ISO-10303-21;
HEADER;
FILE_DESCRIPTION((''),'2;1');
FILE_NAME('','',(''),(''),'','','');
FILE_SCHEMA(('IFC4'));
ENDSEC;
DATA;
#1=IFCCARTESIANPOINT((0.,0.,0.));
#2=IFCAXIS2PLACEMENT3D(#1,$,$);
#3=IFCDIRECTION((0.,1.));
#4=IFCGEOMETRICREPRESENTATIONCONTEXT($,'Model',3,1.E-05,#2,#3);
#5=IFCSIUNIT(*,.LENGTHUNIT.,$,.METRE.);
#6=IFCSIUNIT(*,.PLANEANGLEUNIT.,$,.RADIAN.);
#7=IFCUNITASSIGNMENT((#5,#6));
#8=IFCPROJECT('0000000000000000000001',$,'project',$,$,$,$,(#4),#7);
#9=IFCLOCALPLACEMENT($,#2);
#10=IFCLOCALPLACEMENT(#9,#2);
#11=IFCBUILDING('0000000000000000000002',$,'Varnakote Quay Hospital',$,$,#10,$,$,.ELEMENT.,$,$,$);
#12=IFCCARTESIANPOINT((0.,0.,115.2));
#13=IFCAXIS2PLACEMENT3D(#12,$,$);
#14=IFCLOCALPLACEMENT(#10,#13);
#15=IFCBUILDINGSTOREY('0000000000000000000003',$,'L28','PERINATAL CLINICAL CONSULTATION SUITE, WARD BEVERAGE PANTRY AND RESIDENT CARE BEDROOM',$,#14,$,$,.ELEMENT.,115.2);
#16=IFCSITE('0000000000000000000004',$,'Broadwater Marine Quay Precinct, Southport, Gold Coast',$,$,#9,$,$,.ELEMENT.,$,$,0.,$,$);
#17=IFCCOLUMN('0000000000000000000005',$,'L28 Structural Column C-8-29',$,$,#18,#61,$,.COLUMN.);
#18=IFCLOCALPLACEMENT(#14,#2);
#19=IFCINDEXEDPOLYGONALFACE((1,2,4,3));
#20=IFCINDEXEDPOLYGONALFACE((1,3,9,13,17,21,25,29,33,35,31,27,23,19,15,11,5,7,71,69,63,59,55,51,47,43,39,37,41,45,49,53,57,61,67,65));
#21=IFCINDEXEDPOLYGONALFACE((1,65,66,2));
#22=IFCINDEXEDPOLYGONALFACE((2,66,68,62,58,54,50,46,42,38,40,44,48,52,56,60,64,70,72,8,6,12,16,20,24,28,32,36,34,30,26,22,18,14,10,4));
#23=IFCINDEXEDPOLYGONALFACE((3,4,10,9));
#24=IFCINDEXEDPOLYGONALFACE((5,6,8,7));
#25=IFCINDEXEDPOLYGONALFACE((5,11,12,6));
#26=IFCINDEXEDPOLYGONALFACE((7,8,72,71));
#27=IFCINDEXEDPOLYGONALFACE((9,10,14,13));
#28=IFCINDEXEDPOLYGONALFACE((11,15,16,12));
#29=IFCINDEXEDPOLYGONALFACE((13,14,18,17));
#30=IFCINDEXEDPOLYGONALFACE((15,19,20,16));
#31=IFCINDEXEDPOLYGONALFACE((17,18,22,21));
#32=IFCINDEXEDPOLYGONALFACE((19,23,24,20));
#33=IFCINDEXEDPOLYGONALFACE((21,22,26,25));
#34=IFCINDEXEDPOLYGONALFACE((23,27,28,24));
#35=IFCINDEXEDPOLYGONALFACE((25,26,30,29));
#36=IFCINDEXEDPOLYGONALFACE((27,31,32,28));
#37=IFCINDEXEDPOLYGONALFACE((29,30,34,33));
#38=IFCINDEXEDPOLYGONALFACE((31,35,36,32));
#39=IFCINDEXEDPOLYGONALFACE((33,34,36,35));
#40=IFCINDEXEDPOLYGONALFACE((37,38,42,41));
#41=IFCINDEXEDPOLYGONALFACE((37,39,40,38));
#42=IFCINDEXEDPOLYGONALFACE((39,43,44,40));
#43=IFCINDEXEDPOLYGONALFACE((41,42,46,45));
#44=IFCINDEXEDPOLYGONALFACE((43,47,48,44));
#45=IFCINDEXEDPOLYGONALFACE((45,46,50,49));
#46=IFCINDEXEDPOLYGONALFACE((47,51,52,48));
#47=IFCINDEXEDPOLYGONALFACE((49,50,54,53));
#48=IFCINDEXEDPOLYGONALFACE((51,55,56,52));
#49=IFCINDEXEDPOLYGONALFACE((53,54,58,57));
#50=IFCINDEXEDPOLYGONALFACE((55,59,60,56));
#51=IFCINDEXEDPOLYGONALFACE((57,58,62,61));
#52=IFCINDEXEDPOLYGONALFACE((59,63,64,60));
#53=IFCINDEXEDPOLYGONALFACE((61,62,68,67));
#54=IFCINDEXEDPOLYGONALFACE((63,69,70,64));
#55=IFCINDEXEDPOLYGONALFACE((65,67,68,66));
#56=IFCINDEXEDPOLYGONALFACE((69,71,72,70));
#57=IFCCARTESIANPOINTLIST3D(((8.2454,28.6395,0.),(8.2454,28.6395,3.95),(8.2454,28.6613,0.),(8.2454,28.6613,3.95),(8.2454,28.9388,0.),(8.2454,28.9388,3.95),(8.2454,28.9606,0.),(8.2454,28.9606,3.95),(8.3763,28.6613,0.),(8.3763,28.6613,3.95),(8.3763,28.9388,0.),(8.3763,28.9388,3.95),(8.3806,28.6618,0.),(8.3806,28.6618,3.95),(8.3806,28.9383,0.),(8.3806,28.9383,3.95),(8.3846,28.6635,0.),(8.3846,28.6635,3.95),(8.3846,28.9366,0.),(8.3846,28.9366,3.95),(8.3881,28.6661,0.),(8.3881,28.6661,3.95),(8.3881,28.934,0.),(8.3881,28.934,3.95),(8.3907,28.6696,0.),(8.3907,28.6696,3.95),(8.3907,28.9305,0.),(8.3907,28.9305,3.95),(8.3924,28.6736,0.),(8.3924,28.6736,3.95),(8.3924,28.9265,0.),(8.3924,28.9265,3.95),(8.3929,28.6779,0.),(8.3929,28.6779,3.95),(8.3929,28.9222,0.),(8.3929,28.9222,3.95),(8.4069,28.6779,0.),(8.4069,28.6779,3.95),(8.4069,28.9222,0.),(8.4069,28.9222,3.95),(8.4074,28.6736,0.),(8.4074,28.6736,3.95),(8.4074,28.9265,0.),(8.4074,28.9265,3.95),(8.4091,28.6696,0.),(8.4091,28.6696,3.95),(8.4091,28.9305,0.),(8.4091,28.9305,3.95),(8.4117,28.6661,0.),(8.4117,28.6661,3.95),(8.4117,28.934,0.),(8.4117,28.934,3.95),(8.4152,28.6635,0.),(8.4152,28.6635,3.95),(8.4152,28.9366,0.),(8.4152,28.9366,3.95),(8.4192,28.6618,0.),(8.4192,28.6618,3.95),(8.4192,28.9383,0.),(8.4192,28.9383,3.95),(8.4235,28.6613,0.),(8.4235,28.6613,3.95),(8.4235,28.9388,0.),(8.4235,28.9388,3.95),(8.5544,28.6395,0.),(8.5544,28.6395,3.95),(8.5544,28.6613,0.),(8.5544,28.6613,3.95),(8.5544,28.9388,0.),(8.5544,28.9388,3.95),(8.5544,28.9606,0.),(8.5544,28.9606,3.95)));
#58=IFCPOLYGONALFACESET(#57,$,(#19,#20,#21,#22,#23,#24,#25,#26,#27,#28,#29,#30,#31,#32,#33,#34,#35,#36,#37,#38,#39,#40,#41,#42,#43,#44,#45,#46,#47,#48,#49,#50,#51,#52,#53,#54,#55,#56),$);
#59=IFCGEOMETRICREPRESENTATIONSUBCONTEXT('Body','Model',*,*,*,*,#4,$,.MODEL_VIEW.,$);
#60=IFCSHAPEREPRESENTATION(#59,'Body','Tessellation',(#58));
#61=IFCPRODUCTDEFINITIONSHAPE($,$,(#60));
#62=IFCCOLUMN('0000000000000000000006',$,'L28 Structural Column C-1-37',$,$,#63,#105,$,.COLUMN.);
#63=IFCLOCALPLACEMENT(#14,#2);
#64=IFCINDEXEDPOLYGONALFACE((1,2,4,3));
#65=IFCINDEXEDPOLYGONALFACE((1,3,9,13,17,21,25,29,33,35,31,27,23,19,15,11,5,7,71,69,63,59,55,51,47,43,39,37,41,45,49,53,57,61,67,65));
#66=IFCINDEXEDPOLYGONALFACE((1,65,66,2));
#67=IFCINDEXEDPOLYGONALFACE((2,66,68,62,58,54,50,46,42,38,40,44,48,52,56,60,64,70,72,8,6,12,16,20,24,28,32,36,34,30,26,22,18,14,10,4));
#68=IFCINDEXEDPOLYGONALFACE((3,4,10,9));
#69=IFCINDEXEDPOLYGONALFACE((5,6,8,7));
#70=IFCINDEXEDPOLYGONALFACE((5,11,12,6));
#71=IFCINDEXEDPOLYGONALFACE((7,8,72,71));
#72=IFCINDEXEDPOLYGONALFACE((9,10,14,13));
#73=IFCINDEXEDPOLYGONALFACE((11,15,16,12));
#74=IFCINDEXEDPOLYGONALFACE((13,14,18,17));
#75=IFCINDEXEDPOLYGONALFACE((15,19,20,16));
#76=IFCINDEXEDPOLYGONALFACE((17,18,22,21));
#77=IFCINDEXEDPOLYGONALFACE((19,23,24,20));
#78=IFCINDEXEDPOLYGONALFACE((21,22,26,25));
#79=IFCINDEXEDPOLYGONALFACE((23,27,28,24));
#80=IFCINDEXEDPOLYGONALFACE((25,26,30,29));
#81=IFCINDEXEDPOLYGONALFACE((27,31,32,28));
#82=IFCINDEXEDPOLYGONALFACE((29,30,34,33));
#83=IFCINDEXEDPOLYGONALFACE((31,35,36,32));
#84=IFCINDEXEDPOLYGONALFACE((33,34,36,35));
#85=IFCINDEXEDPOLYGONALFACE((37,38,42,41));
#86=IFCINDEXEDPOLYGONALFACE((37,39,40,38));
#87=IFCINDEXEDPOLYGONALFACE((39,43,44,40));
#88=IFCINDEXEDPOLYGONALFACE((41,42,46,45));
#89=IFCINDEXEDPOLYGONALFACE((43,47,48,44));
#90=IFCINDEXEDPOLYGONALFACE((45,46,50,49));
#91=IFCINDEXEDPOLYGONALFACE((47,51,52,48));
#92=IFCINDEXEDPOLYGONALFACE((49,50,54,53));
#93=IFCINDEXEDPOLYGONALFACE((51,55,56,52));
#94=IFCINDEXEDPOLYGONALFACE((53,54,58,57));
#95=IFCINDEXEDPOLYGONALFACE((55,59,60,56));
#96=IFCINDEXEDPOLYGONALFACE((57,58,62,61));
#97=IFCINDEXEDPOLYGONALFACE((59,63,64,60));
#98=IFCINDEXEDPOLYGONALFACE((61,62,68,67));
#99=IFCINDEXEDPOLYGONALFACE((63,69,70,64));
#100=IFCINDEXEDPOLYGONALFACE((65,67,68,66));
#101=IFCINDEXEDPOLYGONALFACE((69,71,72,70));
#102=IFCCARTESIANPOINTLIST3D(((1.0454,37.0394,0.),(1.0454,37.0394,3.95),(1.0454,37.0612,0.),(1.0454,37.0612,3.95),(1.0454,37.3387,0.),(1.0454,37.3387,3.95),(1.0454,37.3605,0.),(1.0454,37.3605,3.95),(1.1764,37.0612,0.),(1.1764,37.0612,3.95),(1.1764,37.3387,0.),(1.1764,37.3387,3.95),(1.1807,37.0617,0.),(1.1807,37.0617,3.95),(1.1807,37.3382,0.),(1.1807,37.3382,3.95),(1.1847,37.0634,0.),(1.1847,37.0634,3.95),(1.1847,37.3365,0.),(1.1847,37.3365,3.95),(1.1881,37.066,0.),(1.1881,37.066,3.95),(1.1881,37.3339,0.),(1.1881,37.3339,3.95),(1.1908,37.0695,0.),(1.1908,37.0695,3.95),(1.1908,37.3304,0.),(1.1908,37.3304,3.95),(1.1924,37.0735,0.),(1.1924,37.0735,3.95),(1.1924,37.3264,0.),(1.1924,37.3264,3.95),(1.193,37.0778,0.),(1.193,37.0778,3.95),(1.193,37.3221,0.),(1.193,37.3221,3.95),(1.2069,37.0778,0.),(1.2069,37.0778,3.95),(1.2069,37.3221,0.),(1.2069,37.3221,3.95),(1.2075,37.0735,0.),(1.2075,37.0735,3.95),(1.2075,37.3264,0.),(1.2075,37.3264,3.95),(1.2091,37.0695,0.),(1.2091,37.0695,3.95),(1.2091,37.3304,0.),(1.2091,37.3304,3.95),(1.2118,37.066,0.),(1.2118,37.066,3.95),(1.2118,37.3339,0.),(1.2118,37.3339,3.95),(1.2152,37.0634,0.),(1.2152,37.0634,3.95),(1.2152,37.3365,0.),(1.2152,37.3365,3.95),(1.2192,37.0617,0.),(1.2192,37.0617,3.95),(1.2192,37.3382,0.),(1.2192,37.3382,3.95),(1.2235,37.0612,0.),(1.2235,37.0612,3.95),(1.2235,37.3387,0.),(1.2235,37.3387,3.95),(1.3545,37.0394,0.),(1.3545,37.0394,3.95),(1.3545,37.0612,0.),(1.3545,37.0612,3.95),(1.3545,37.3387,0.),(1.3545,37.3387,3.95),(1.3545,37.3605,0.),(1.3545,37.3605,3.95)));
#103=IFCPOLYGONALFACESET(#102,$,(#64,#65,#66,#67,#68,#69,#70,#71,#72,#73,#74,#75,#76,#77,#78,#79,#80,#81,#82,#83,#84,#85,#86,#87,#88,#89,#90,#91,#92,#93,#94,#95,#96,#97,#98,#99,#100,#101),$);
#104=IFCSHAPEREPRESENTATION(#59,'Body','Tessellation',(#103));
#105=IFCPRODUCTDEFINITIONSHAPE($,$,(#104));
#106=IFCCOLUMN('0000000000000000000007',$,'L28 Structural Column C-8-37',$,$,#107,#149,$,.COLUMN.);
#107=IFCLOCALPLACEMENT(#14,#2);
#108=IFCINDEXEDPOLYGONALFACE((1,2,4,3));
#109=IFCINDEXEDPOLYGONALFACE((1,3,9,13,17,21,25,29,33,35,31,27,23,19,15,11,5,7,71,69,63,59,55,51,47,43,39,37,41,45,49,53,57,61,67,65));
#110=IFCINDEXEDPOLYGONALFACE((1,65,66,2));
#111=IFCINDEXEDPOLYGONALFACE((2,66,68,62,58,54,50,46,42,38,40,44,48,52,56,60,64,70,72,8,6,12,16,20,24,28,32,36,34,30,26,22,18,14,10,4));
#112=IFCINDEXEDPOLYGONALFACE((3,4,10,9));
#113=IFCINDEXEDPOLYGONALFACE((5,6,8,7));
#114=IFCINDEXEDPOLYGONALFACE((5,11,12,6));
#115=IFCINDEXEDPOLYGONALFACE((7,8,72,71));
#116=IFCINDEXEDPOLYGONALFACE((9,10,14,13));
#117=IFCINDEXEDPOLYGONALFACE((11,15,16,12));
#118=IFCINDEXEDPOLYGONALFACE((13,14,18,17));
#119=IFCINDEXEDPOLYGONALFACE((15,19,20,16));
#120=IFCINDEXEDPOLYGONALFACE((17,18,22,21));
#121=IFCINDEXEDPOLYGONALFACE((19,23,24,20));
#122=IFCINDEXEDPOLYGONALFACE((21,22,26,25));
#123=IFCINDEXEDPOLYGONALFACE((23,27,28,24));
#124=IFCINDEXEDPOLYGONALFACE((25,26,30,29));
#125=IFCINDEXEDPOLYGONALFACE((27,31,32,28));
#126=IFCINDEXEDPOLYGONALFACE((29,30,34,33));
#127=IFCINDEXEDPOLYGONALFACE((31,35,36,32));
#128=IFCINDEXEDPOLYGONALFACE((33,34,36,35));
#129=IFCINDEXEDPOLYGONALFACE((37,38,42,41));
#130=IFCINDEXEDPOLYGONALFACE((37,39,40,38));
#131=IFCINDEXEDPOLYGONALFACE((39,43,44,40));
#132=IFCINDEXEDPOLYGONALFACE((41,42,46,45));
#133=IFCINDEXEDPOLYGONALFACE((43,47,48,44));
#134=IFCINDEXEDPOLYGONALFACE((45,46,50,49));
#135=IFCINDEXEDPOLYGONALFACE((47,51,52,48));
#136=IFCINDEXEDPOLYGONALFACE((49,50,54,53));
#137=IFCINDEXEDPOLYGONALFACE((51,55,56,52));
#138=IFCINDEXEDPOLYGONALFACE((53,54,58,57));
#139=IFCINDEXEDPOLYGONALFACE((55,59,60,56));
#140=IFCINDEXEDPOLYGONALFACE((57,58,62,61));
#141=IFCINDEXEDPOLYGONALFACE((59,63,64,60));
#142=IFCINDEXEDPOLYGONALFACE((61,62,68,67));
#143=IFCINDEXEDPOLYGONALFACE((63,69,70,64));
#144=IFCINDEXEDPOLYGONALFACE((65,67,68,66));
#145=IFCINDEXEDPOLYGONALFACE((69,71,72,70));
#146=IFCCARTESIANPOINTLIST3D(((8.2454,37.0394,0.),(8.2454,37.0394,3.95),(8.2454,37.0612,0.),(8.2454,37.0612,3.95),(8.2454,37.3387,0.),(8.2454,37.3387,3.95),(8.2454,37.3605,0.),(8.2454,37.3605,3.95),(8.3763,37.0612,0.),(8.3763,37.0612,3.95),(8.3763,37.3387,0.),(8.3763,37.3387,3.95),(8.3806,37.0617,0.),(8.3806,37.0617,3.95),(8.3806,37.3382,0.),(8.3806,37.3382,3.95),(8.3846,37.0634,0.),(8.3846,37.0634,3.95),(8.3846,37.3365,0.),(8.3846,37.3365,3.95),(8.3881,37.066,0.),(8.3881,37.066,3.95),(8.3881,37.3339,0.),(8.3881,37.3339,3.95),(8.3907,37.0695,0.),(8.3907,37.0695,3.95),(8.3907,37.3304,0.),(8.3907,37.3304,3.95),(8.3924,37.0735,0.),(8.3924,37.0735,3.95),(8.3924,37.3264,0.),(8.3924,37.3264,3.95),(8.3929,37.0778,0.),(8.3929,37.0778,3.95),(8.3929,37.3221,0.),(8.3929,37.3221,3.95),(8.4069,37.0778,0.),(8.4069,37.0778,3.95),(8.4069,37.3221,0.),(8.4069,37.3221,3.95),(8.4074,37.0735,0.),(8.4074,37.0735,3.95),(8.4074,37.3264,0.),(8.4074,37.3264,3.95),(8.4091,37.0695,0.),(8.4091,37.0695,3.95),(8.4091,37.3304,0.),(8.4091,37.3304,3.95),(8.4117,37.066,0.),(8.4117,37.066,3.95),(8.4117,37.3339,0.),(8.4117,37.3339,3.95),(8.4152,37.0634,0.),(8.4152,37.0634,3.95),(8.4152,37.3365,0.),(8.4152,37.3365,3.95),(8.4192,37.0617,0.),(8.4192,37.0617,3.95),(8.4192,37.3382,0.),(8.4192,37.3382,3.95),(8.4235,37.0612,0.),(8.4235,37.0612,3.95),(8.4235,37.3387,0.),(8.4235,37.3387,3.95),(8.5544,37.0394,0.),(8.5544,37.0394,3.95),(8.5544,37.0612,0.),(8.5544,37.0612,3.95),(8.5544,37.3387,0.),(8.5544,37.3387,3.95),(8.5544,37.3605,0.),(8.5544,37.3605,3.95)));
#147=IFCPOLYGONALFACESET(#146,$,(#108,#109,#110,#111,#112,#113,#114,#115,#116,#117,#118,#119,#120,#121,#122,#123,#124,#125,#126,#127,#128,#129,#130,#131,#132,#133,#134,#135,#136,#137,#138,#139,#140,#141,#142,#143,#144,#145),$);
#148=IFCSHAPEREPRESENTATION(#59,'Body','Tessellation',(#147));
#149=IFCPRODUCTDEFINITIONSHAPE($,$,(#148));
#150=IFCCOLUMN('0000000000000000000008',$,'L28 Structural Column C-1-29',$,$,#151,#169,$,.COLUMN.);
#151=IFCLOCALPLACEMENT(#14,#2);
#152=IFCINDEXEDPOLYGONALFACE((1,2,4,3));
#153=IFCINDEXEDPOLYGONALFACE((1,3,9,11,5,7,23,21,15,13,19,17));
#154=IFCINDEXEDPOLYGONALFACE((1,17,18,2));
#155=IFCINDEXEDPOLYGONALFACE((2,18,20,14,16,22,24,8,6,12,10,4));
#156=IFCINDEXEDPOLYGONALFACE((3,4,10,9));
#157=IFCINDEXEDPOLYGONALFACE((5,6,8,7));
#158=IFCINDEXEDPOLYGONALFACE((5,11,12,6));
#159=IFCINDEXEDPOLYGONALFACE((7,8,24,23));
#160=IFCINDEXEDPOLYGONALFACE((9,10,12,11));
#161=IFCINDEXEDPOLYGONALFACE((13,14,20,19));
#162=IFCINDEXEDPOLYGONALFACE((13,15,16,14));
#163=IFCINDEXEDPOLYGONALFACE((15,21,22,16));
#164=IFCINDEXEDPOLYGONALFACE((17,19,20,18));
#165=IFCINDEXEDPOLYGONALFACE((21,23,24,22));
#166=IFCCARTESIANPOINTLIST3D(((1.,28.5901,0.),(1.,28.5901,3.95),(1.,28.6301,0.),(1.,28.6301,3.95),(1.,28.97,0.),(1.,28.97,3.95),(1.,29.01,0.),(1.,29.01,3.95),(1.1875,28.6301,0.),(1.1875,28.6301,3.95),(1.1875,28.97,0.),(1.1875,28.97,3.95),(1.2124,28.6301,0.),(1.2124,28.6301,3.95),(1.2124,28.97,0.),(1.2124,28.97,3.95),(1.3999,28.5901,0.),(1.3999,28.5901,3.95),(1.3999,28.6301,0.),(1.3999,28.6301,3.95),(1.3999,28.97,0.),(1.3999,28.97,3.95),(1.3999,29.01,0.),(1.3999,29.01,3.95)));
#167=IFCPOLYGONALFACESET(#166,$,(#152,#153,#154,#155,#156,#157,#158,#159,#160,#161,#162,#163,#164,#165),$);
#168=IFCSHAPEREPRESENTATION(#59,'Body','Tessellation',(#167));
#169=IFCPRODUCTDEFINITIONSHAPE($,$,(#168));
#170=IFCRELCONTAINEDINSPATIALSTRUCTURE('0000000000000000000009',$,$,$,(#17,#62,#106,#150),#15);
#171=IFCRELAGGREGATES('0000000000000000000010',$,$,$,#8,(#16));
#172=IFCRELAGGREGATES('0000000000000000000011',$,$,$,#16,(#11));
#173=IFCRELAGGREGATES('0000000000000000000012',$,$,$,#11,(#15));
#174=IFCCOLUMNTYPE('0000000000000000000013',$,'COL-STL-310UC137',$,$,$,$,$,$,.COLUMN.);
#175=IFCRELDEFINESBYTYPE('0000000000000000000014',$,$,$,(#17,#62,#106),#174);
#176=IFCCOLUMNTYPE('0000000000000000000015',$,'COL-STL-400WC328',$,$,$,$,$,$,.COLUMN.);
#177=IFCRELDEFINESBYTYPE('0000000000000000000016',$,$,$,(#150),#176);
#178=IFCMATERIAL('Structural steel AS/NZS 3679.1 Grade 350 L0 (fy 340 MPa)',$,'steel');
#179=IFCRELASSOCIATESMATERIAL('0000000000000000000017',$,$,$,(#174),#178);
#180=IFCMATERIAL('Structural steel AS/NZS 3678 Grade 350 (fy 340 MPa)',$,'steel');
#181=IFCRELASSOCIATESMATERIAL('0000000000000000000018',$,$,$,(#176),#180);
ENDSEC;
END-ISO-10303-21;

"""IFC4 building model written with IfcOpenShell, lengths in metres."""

from ifc_helpers import new_model, si_unit, direction, frame, origin, origin_2d, place, context, subcontext, project, spatial, i_section, extrude, material, material_profile, profile_set, type_object, element, save


model = new_model("IFC4")

# Units and contexts
model_context = context("Model", 3, precision=1e-05, world=origin(), true_north=direction((0.0, 1.0)))
body_context = subcontext(model_context, "Body", "Model", "MODEL_VIEW")
ifc_project = project(units=[si_unit("LENGTHUNIT", "METRE"), si_unit("PLANEANGLEUNIT", "RADIAN")], contexts=[model_context])

# Site, building, storey
site_placement = place(None, origin())
site = spatial("IfcSite", under=ifc_project, at=site_placement, Name="Broadwater Marine Quay Precinct, Southport, Gold Coast", CompositionType="ELEMENT", RefElevation=0.0)
building_placement = place(site_placement, origin())
building = spatial("IfcBuilding", under=site, at=building_placement, Name="Varnakote Quay Hospital", CompositionType="ELEMENT")
storey_placement = place(building_placement, frame((0.0, 0.0, 115.2)))
storey = spatial("IfcBuildingStorey", under=building, at=storey_placement, Name="L28", Description="PERINATAL CLINICAL CONSULTATION SUITE, WARD BEVERAGE PANTRY AND RESIDENT CARE BEDROOM", CompositionType="ELEMENT", Elevation=115.2)

# Columns
ifc_material_1 = material(Name="Structural steel AS/NZS 3679.1 Grade 350 L0 (fy 340 MPa)", Category="steel")
ifc_material_profile_1 = material_profile(ifc_material_1, i_section(OverallWidth=0.3091, OverallDepth=0.321, WebThickness=0.0139, FlangeThickness=0.0217, FilletRadius=0.0166, at=origin_2d()), Name="310UC137")
ifc_profile_set_1 = profile_set([ifc_material_profile_1], Name="Structural steel AS/NZS 3679.1 Grade 350 L0 (fy 340 MPa)")
column_type_1 = type_object("IfcColumnType", Name="COL-STL-310UC137", PredefinedType="COLUMN", material=ifc_profile_set_1)
for number, where, z_axis, x_axis, name in (
    (1, (8.3999, 28.8, 0.0), (0.0, 0.0, 1.0), (1.0, 0.0, 0.0), "L28 Structural Column C-8-29"),
    (2, (1.2, 37.2, 0.0), (0.0, 0.0, 1.0), (1.0, 0.0, 0.0), "L28 Structural Column C-1-37"),
    (3, (8.3999, 37.2, 0.0), (0.0, 0.0, 1.0), (1.0, 0.0, 0.0), "L28 Structural Column C-8-37"),
):
    element("IfcColumn", number, at=place(storey_placement, frame(where, z_axis=z_axis, x_axis=x_axis)), inside=storey, type_object=column_type_1, Name=name, PredefinedType="COLUMN", context=body_context, shape_type="SweptSolid", body=[
        extrude(i_section(OverallWidth=0.3091, OverallDepth=0.321, WebThickness=0.0139, FlangeThickness=0.0217, FilletRadius=0.0166, at=origin_2d()), origin(), (0.0, 0.0, 1.0), 3.95),
    ])
ifc_material_2 = material(Name="Structural steel AS/NZS 3678 Grade 350 (fy 340 MPa)", Category="steel")
ifc_material_profile_2 = material_profile(ifc_material_2, i_section(OverallWidth=0.3999, OverallDepth=0.4199, WebThickness=0.0249, FlangeThickness=0.04, at=origin_2d()), Name="400WC328")
ifc_profile_set_2 = profile_set([ifc_material_profile_2], Name="Structural steel AS/NZS 3678 Grade 350 (fy 340 MPa)")
column_type_2 = type_object("IfcColumnType", Name="COL-STL-400WC328", PredefinedType="COLUMN", material=ifc_profile_set_2)
column_placement = place(storey_placement, frame((1.2, 28.8, 0.0), z_axis=(0.0, 0.0, 1.0), x_axis=(1.0, 0.0, 0.0)))
element("IfcColumn", 4, at=column_placement, inside=storey, type_object=column_type_2, Name="L28 Structural Column C-1-29", PredefinedType="COLUMN", context=body_context, shape_type="SweptSolid", body=[
    extrude(i_section(OverallWidth=0.3999, OverallDepth=0.4199, WebThickness=0.0249, FlangeThickness=0.04, at=origin_2d()), origin(), (0.0, 0.0, 1.0), 3.95),
])

save(model, "model.ifc")
